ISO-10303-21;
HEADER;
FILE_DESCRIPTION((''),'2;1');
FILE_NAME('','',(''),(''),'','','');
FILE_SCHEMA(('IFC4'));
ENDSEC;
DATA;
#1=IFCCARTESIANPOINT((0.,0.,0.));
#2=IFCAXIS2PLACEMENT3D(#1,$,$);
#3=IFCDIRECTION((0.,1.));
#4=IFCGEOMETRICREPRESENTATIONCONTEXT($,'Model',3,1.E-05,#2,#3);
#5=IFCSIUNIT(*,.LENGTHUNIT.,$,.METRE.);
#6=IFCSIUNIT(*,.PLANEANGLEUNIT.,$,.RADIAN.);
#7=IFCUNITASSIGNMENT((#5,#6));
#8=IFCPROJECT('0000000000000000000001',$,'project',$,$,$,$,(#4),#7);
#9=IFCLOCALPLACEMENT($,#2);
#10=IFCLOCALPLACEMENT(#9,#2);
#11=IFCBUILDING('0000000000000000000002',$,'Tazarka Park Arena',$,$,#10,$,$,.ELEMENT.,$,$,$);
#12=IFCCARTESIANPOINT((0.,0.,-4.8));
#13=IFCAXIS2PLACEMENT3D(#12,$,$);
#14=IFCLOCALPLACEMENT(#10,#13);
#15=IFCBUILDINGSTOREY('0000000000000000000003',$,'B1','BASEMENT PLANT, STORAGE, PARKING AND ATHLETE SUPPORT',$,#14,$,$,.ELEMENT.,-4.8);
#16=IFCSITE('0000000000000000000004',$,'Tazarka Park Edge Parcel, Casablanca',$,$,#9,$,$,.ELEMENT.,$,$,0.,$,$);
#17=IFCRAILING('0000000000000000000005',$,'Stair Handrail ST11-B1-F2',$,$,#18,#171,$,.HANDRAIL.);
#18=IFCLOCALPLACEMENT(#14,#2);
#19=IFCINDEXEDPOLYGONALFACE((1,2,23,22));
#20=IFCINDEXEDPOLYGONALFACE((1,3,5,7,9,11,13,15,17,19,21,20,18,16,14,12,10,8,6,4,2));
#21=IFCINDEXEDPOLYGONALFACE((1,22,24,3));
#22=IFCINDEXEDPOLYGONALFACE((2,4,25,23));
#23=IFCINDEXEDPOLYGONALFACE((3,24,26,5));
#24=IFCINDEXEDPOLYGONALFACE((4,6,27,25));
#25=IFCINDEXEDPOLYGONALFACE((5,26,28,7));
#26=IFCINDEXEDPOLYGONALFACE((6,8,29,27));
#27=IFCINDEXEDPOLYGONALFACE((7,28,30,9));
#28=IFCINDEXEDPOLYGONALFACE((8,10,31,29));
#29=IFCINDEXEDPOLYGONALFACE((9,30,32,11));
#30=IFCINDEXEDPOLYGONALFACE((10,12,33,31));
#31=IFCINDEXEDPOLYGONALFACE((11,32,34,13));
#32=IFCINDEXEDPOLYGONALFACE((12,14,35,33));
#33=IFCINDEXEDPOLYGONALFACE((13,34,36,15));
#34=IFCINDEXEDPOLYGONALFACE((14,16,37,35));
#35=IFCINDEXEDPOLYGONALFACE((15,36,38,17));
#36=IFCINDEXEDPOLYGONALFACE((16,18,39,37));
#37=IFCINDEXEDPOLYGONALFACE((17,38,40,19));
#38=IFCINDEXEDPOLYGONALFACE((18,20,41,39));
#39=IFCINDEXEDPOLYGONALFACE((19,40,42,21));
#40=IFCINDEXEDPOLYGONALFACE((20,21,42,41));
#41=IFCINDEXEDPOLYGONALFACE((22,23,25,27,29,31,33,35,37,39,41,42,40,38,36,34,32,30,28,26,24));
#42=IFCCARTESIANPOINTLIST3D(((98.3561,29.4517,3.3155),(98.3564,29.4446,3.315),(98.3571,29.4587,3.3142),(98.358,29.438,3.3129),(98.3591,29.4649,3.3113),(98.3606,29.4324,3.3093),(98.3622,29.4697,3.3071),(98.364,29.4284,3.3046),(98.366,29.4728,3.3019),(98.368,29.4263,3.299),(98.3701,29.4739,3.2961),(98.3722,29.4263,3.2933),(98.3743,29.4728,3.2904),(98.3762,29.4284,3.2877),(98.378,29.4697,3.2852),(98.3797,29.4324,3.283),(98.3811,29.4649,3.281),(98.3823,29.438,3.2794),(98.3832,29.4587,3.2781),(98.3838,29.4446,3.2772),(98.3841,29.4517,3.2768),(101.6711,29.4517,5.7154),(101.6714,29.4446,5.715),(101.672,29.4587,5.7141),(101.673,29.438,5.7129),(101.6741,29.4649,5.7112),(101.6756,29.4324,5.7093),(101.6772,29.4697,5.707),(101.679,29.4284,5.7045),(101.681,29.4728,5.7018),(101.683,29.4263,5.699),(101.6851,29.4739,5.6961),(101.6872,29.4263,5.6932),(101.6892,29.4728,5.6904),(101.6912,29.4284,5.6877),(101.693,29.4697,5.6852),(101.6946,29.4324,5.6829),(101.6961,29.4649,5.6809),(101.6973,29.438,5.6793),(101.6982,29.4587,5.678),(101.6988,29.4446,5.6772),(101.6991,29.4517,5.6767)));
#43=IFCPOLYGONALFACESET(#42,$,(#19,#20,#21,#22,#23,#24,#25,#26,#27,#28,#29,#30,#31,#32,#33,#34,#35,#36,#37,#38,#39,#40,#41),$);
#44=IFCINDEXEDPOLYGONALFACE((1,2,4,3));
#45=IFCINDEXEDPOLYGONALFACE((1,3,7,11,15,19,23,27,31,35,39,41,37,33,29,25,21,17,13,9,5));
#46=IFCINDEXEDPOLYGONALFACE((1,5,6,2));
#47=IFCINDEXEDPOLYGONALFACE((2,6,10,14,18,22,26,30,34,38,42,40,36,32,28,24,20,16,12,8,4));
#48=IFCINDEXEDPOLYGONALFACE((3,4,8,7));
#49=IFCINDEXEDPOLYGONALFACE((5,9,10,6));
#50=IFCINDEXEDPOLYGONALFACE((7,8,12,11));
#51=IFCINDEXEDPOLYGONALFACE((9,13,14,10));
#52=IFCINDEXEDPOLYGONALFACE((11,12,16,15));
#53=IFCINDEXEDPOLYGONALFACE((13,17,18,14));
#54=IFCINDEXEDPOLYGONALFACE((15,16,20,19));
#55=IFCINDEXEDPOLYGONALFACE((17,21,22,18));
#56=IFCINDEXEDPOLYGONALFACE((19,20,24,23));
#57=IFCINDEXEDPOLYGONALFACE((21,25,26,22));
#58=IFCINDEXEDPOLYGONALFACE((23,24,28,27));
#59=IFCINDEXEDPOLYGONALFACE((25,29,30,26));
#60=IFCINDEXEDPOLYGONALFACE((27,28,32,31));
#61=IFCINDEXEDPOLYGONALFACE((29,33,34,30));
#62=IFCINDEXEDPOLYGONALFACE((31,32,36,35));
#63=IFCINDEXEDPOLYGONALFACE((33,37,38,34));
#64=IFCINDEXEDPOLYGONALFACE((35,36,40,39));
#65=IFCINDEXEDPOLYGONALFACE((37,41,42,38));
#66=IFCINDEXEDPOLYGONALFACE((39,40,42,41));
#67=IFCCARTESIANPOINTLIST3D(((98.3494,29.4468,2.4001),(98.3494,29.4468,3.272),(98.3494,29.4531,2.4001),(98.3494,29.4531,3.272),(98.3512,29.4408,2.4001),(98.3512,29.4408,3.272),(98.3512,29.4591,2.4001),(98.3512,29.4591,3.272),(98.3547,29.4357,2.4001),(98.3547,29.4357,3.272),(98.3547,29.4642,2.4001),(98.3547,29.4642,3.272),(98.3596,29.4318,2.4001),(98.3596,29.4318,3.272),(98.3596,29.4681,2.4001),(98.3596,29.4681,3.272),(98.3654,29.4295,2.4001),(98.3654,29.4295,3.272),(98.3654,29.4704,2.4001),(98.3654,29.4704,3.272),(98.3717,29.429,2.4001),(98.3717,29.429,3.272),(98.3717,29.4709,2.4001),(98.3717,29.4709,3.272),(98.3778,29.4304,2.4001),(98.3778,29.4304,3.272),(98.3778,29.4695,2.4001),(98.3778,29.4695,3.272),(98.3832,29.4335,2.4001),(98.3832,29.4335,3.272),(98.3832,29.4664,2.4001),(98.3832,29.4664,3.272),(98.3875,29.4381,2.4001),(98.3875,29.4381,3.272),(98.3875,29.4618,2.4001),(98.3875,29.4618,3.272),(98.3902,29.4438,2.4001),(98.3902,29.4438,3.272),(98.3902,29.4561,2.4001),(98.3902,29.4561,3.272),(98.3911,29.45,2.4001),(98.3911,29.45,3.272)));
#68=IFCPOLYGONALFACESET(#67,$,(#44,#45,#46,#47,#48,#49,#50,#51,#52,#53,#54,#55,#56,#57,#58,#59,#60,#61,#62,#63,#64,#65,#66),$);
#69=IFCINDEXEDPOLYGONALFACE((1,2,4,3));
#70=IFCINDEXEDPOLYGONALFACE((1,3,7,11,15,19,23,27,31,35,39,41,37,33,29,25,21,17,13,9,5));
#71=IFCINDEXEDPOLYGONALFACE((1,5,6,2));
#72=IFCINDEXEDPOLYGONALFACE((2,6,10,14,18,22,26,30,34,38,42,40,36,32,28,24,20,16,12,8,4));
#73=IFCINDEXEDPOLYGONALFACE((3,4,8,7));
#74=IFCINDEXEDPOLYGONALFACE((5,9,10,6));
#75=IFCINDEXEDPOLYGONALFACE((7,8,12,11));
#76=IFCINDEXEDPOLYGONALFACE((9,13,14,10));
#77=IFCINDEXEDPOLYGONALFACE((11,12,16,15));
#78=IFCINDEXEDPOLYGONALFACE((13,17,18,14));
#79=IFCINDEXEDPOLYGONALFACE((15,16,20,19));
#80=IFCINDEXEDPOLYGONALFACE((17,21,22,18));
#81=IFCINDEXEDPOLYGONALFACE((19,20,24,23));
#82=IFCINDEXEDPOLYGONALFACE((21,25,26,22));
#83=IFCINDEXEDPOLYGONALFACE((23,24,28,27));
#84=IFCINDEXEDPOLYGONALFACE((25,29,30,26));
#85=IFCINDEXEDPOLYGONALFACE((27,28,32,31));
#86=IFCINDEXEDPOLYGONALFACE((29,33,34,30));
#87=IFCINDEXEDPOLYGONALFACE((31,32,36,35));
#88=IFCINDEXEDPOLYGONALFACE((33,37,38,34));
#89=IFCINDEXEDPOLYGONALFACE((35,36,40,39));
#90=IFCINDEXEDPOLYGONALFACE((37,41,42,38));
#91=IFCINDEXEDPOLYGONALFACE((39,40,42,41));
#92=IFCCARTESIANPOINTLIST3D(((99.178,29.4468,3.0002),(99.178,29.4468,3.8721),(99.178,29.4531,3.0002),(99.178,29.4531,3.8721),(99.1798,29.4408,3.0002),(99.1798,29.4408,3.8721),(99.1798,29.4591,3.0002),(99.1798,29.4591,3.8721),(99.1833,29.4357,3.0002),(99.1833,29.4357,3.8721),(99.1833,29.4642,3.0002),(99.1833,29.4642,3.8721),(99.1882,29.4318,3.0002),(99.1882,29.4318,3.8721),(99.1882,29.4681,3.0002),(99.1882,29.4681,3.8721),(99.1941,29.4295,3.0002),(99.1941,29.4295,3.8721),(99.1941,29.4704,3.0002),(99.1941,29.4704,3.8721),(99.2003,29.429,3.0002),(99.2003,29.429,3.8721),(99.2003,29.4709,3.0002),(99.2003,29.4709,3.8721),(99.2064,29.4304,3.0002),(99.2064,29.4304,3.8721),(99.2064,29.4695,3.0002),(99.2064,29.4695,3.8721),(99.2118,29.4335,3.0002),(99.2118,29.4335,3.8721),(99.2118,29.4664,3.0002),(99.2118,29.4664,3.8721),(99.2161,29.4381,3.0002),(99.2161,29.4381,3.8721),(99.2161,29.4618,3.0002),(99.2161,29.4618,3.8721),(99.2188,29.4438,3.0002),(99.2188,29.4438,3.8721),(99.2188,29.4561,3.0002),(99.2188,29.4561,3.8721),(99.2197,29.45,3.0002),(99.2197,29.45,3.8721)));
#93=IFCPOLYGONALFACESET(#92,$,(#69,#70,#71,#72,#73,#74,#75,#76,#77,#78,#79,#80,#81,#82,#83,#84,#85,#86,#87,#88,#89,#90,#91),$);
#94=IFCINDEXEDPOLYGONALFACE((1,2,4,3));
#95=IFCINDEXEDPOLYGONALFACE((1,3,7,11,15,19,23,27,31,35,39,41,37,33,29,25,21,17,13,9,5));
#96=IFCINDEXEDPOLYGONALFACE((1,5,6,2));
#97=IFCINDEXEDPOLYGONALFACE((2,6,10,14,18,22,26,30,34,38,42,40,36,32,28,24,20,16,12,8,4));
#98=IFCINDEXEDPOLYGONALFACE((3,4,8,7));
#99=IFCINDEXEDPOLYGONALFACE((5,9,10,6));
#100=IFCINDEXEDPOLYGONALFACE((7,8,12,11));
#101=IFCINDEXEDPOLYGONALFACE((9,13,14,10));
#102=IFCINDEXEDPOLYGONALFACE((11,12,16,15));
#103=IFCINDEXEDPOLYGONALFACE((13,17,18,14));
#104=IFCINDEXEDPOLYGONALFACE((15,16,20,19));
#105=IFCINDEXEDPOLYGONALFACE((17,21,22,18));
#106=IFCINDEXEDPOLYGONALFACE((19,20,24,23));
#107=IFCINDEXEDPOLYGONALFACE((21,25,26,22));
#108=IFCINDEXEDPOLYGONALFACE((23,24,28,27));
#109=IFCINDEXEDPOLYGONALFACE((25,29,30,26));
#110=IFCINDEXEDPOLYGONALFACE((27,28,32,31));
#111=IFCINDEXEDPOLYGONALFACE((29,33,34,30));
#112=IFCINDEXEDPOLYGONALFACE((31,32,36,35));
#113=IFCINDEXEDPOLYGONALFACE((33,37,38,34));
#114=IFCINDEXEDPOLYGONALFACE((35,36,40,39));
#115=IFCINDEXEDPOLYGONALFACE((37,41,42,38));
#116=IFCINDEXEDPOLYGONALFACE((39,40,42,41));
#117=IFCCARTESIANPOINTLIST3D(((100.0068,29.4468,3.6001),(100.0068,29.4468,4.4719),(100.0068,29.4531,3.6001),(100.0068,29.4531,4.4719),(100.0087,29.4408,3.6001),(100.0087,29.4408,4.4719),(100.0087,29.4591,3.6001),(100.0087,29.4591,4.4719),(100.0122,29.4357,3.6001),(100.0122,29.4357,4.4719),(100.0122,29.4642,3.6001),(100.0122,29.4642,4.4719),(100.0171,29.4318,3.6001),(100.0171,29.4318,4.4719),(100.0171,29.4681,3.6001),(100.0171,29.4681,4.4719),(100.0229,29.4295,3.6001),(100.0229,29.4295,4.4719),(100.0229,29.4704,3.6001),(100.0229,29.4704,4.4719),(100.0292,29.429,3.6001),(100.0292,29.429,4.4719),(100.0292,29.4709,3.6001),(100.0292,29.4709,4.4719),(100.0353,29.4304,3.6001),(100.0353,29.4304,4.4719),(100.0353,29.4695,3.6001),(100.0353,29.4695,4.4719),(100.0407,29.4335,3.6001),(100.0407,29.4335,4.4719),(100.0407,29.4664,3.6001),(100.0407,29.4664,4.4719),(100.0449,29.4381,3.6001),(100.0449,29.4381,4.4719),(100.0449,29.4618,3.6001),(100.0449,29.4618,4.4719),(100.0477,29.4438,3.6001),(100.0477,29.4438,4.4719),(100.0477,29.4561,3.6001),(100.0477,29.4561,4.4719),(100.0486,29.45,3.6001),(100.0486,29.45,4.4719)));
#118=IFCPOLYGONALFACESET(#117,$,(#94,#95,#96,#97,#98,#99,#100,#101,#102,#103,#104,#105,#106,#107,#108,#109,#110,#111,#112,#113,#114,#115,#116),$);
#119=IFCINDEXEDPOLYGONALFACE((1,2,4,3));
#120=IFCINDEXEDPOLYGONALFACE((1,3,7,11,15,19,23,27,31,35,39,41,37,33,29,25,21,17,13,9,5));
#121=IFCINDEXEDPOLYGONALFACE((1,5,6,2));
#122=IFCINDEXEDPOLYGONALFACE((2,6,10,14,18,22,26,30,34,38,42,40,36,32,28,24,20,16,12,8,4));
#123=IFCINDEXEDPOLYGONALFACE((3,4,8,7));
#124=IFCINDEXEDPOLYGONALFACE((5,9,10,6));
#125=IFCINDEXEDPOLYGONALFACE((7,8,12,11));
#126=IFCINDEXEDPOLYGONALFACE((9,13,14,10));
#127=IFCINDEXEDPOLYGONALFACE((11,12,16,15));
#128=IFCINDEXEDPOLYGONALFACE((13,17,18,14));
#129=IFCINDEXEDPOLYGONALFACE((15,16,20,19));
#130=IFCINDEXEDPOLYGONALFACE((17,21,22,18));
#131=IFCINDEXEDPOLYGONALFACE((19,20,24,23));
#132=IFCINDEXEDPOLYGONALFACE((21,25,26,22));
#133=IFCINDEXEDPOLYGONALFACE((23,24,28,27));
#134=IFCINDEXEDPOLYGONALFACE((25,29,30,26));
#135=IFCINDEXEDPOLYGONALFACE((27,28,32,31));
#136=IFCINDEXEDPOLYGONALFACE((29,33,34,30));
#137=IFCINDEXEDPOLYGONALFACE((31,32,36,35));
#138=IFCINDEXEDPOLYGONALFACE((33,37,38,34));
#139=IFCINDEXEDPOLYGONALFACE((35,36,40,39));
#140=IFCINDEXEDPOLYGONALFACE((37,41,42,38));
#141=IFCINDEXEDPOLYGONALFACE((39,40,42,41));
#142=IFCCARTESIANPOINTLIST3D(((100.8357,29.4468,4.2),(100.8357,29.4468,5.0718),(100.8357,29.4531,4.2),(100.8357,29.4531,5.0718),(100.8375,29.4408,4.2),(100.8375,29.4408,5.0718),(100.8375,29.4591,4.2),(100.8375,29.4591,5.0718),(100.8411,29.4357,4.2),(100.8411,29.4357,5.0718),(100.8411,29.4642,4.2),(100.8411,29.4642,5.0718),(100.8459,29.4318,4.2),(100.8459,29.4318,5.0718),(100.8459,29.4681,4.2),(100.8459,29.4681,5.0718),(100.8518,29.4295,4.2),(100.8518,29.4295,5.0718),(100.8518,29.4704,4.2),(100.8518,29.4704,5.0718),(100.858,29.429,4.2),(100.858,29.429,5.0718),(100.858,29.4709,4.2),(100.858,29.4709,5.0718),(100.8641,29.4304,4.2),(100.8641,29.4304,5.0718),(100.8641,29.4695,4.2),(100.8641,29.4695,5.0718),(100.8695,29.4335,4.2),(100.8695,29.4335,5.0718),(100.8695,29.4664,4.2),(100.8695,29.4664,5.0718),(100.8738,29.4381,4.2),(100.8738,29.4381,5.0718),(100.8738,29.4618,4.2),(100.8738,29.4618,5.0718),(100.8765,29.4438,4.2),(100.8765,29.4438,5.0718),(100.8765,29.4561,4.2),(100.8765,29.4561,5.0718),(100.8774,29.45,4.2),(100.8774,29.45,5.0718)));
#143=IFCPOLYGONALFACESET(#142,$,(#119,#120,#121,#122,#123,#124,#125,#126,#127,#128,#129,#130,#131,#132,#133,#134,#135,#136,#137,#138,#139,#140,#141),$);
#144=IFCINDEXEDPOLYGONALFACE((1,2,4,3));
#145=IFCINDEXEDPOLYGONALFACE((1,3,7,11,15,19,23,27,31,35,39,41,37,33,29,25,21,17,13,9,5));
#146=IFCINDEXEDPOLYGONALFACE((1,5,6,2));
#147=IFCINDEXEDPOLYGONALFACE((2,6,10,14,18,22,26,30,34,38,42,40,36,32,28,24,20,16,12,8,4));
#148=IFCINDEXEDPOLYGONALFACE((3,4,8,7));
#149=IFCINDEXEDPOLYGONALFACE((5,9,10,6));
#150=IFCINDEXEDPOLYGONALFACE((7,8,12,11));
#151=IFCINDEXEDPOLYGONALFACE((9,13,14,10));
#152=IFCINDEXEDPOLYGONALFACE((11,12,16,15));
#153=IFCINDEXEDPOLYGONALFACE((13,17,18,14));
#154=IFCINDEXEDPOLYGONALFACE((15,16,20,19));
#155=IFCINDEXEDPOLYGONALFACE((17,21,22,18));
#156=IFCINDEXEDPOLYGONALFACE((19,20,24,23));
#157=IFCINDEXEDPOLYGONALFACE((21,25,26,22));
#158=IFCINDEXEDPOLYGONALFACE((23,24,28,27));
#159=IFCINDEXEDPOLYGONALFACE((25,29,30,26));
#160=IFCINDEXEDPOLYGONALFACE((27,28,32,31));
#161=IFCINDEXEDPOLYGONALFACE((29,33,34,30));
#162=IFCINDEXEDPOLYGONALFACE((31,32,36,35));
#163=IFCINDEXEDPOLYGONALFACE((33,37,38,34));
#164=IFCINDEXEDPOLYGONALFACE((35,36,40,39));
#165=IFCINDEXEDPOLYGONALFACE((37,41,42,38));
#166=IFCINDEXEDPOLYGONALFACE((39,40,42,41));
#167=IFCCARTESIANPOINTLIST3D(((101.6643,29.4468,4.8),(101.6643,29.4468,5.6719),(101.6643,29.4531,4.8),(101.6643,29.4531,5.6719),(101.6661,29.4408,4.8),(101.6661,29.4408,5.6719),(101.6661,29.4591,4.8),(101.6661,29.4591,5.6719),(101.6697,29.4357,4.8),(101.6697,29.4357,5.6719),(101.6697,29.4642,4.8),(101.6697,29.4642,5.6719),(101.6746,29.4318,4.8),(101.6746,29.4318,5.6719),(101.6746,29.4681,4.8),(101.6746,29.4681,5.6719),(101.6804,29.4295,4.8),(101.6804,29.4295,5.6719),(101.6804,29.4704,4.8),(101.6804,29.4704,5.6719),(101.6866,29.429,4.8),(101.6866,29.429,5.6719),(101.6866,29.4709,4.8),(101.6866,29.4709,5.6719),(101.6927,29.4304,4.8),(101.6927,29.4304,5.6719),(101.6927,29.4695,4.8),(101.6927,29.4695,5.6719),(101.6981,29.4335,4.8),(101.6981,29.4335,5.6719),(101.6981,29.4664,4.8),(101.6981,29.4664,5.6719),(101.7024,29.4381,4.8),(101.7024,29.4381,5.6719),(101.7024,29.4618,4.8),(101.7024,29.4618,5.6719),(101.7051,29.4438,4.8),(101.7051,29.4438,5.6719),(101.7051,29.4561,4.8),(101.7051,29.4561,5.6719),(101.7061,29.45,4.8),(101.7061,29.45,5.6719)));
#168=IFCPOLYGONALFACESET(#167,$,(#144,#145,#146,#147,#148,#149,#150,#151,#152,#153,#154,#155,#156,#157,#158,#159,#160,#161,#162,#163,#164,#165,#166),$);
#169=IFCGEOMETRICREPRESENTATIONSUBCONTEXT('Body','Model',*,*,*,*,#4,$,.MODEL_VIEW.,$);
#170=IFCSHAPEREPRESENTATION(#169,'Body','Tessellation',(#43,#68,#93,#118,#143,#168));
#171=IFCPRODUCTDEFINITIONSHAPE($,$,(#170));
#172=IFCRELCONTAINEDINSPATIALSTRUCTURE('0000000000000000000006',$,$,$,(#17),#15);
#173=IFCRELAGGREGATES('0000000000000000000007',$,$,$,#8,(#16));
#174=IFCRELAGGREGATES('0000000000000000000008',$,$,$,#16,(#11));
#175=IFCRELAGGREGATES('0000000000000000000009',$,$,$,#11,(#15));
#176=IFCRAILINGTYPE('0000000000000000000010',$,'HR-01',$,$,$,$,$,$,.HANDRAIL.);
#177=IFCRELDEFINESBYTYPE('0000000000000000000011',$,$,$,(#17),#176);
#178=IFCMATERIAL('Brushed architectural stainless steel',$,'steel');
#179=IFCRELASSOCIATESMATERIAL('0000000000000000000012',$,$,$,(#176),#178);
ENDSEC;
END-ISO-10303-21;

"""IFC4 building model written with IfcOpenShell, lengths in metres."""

from ifc_helpers import new_model, si_unit, direction, frame, origin, origin_2d, place, context, subcontext, project, spatial, circle, extrude, material, type_object, element, save


model = new_model("IFC4")

# Units and contexts
model_context = context("Model", 3, precision=1e-05, world=origin(), true_north=direction((0.0, 1.0)))
body_context = subcontext(model_context, "Body", "Model", "MODEL_VIEW")
ifc_project = project(units=[si_unit("LENGTHUNIT", "METRE"), si_unit("PLANEANGLEUNIT", "RADIAN")], contexts=[model_context])

# Site, building, storey
site_placement = place(None, origin())
site = spatial("IfcSite", under=ifc_project, at=site_placement, Name="Tazarka Park Edge Parcel, Casablanca", CompositionType="ELEMENT", RefElevation=0.0)
building_placement = place(site_placement, origin())
building = spatial("IfcBuilding", under=site, at=building_placement, Name="Tazarka Park Arena", CompositionType="ELEMENT")
storey_placement = place(building_placement, frame((0.0, 0.0, -4.8)))
storey = spatial("IfcBuildingStorey", under=building, at=storey_placement, Name="B1", Description="BASEMENT PLANT, STORAGE, PARKING AND ATHLETE SUPPORT", CompositionType="ELEMENT", Elevation=-4.8)

# Railing
ifc_material_1 = material(Name="Brushed architectural stainless steel", Category="steel")
railing_type_1 = type_object("IfcRailingType", Name="HR-01", PredefinedType="HANDRAIL", material=ifc_material_1)
railing_1_placement = place(storey_placement, frame((98.3701, 29.45, 2.4001)))
element("IfcRailing", 1, at=railing_1_placement, inside=storey, type_object=railing_type_1, Name="Stair Handrail ST11-B1-F2", PredefinedType="HANDRAIL", context=body_context, shape_type="SweptSolid", body=[
    extrude(circle(Radius=0.0239, at=origin_2d()), frame((0.0, 0.0, 0.896), z_axis=(0.810009, 0.0, 0.586418), x_axis=(0.0, 1.0, 0.0)), (0.0, 0.0, 1.0), 4.0925),
    extrude(circle(Radius=0.021, at=origin_2d()), origin(), (0.0, 0.0, 1.0), 0.8718),
    extrude(circle(Radius=0.021, at=origin_2d()), frame((0.8286, 0.0, 0.6001)), (0.0, 0.0, 1.0), 0.8718),
    extrude(circle(Radius=0.021, at=origin_2d()), frame((1.6575, 0.0, 1.2)), (0.0, 0.0, 1.0), 0.8718),
    extrude(circle(Radius=0.021, at=origin_2d()), frame((2.4863, 0.0, 1.7998)), (0.0, 0.0, 1.0), 0.8718),
    extrude(circle(Radius=0.021, at=origin_2d()), frame((3.3149, 0.0, 2.3999)), (0.0, 0.0, 1.0), 0.8718),
])

save(model, "model.ifc")
